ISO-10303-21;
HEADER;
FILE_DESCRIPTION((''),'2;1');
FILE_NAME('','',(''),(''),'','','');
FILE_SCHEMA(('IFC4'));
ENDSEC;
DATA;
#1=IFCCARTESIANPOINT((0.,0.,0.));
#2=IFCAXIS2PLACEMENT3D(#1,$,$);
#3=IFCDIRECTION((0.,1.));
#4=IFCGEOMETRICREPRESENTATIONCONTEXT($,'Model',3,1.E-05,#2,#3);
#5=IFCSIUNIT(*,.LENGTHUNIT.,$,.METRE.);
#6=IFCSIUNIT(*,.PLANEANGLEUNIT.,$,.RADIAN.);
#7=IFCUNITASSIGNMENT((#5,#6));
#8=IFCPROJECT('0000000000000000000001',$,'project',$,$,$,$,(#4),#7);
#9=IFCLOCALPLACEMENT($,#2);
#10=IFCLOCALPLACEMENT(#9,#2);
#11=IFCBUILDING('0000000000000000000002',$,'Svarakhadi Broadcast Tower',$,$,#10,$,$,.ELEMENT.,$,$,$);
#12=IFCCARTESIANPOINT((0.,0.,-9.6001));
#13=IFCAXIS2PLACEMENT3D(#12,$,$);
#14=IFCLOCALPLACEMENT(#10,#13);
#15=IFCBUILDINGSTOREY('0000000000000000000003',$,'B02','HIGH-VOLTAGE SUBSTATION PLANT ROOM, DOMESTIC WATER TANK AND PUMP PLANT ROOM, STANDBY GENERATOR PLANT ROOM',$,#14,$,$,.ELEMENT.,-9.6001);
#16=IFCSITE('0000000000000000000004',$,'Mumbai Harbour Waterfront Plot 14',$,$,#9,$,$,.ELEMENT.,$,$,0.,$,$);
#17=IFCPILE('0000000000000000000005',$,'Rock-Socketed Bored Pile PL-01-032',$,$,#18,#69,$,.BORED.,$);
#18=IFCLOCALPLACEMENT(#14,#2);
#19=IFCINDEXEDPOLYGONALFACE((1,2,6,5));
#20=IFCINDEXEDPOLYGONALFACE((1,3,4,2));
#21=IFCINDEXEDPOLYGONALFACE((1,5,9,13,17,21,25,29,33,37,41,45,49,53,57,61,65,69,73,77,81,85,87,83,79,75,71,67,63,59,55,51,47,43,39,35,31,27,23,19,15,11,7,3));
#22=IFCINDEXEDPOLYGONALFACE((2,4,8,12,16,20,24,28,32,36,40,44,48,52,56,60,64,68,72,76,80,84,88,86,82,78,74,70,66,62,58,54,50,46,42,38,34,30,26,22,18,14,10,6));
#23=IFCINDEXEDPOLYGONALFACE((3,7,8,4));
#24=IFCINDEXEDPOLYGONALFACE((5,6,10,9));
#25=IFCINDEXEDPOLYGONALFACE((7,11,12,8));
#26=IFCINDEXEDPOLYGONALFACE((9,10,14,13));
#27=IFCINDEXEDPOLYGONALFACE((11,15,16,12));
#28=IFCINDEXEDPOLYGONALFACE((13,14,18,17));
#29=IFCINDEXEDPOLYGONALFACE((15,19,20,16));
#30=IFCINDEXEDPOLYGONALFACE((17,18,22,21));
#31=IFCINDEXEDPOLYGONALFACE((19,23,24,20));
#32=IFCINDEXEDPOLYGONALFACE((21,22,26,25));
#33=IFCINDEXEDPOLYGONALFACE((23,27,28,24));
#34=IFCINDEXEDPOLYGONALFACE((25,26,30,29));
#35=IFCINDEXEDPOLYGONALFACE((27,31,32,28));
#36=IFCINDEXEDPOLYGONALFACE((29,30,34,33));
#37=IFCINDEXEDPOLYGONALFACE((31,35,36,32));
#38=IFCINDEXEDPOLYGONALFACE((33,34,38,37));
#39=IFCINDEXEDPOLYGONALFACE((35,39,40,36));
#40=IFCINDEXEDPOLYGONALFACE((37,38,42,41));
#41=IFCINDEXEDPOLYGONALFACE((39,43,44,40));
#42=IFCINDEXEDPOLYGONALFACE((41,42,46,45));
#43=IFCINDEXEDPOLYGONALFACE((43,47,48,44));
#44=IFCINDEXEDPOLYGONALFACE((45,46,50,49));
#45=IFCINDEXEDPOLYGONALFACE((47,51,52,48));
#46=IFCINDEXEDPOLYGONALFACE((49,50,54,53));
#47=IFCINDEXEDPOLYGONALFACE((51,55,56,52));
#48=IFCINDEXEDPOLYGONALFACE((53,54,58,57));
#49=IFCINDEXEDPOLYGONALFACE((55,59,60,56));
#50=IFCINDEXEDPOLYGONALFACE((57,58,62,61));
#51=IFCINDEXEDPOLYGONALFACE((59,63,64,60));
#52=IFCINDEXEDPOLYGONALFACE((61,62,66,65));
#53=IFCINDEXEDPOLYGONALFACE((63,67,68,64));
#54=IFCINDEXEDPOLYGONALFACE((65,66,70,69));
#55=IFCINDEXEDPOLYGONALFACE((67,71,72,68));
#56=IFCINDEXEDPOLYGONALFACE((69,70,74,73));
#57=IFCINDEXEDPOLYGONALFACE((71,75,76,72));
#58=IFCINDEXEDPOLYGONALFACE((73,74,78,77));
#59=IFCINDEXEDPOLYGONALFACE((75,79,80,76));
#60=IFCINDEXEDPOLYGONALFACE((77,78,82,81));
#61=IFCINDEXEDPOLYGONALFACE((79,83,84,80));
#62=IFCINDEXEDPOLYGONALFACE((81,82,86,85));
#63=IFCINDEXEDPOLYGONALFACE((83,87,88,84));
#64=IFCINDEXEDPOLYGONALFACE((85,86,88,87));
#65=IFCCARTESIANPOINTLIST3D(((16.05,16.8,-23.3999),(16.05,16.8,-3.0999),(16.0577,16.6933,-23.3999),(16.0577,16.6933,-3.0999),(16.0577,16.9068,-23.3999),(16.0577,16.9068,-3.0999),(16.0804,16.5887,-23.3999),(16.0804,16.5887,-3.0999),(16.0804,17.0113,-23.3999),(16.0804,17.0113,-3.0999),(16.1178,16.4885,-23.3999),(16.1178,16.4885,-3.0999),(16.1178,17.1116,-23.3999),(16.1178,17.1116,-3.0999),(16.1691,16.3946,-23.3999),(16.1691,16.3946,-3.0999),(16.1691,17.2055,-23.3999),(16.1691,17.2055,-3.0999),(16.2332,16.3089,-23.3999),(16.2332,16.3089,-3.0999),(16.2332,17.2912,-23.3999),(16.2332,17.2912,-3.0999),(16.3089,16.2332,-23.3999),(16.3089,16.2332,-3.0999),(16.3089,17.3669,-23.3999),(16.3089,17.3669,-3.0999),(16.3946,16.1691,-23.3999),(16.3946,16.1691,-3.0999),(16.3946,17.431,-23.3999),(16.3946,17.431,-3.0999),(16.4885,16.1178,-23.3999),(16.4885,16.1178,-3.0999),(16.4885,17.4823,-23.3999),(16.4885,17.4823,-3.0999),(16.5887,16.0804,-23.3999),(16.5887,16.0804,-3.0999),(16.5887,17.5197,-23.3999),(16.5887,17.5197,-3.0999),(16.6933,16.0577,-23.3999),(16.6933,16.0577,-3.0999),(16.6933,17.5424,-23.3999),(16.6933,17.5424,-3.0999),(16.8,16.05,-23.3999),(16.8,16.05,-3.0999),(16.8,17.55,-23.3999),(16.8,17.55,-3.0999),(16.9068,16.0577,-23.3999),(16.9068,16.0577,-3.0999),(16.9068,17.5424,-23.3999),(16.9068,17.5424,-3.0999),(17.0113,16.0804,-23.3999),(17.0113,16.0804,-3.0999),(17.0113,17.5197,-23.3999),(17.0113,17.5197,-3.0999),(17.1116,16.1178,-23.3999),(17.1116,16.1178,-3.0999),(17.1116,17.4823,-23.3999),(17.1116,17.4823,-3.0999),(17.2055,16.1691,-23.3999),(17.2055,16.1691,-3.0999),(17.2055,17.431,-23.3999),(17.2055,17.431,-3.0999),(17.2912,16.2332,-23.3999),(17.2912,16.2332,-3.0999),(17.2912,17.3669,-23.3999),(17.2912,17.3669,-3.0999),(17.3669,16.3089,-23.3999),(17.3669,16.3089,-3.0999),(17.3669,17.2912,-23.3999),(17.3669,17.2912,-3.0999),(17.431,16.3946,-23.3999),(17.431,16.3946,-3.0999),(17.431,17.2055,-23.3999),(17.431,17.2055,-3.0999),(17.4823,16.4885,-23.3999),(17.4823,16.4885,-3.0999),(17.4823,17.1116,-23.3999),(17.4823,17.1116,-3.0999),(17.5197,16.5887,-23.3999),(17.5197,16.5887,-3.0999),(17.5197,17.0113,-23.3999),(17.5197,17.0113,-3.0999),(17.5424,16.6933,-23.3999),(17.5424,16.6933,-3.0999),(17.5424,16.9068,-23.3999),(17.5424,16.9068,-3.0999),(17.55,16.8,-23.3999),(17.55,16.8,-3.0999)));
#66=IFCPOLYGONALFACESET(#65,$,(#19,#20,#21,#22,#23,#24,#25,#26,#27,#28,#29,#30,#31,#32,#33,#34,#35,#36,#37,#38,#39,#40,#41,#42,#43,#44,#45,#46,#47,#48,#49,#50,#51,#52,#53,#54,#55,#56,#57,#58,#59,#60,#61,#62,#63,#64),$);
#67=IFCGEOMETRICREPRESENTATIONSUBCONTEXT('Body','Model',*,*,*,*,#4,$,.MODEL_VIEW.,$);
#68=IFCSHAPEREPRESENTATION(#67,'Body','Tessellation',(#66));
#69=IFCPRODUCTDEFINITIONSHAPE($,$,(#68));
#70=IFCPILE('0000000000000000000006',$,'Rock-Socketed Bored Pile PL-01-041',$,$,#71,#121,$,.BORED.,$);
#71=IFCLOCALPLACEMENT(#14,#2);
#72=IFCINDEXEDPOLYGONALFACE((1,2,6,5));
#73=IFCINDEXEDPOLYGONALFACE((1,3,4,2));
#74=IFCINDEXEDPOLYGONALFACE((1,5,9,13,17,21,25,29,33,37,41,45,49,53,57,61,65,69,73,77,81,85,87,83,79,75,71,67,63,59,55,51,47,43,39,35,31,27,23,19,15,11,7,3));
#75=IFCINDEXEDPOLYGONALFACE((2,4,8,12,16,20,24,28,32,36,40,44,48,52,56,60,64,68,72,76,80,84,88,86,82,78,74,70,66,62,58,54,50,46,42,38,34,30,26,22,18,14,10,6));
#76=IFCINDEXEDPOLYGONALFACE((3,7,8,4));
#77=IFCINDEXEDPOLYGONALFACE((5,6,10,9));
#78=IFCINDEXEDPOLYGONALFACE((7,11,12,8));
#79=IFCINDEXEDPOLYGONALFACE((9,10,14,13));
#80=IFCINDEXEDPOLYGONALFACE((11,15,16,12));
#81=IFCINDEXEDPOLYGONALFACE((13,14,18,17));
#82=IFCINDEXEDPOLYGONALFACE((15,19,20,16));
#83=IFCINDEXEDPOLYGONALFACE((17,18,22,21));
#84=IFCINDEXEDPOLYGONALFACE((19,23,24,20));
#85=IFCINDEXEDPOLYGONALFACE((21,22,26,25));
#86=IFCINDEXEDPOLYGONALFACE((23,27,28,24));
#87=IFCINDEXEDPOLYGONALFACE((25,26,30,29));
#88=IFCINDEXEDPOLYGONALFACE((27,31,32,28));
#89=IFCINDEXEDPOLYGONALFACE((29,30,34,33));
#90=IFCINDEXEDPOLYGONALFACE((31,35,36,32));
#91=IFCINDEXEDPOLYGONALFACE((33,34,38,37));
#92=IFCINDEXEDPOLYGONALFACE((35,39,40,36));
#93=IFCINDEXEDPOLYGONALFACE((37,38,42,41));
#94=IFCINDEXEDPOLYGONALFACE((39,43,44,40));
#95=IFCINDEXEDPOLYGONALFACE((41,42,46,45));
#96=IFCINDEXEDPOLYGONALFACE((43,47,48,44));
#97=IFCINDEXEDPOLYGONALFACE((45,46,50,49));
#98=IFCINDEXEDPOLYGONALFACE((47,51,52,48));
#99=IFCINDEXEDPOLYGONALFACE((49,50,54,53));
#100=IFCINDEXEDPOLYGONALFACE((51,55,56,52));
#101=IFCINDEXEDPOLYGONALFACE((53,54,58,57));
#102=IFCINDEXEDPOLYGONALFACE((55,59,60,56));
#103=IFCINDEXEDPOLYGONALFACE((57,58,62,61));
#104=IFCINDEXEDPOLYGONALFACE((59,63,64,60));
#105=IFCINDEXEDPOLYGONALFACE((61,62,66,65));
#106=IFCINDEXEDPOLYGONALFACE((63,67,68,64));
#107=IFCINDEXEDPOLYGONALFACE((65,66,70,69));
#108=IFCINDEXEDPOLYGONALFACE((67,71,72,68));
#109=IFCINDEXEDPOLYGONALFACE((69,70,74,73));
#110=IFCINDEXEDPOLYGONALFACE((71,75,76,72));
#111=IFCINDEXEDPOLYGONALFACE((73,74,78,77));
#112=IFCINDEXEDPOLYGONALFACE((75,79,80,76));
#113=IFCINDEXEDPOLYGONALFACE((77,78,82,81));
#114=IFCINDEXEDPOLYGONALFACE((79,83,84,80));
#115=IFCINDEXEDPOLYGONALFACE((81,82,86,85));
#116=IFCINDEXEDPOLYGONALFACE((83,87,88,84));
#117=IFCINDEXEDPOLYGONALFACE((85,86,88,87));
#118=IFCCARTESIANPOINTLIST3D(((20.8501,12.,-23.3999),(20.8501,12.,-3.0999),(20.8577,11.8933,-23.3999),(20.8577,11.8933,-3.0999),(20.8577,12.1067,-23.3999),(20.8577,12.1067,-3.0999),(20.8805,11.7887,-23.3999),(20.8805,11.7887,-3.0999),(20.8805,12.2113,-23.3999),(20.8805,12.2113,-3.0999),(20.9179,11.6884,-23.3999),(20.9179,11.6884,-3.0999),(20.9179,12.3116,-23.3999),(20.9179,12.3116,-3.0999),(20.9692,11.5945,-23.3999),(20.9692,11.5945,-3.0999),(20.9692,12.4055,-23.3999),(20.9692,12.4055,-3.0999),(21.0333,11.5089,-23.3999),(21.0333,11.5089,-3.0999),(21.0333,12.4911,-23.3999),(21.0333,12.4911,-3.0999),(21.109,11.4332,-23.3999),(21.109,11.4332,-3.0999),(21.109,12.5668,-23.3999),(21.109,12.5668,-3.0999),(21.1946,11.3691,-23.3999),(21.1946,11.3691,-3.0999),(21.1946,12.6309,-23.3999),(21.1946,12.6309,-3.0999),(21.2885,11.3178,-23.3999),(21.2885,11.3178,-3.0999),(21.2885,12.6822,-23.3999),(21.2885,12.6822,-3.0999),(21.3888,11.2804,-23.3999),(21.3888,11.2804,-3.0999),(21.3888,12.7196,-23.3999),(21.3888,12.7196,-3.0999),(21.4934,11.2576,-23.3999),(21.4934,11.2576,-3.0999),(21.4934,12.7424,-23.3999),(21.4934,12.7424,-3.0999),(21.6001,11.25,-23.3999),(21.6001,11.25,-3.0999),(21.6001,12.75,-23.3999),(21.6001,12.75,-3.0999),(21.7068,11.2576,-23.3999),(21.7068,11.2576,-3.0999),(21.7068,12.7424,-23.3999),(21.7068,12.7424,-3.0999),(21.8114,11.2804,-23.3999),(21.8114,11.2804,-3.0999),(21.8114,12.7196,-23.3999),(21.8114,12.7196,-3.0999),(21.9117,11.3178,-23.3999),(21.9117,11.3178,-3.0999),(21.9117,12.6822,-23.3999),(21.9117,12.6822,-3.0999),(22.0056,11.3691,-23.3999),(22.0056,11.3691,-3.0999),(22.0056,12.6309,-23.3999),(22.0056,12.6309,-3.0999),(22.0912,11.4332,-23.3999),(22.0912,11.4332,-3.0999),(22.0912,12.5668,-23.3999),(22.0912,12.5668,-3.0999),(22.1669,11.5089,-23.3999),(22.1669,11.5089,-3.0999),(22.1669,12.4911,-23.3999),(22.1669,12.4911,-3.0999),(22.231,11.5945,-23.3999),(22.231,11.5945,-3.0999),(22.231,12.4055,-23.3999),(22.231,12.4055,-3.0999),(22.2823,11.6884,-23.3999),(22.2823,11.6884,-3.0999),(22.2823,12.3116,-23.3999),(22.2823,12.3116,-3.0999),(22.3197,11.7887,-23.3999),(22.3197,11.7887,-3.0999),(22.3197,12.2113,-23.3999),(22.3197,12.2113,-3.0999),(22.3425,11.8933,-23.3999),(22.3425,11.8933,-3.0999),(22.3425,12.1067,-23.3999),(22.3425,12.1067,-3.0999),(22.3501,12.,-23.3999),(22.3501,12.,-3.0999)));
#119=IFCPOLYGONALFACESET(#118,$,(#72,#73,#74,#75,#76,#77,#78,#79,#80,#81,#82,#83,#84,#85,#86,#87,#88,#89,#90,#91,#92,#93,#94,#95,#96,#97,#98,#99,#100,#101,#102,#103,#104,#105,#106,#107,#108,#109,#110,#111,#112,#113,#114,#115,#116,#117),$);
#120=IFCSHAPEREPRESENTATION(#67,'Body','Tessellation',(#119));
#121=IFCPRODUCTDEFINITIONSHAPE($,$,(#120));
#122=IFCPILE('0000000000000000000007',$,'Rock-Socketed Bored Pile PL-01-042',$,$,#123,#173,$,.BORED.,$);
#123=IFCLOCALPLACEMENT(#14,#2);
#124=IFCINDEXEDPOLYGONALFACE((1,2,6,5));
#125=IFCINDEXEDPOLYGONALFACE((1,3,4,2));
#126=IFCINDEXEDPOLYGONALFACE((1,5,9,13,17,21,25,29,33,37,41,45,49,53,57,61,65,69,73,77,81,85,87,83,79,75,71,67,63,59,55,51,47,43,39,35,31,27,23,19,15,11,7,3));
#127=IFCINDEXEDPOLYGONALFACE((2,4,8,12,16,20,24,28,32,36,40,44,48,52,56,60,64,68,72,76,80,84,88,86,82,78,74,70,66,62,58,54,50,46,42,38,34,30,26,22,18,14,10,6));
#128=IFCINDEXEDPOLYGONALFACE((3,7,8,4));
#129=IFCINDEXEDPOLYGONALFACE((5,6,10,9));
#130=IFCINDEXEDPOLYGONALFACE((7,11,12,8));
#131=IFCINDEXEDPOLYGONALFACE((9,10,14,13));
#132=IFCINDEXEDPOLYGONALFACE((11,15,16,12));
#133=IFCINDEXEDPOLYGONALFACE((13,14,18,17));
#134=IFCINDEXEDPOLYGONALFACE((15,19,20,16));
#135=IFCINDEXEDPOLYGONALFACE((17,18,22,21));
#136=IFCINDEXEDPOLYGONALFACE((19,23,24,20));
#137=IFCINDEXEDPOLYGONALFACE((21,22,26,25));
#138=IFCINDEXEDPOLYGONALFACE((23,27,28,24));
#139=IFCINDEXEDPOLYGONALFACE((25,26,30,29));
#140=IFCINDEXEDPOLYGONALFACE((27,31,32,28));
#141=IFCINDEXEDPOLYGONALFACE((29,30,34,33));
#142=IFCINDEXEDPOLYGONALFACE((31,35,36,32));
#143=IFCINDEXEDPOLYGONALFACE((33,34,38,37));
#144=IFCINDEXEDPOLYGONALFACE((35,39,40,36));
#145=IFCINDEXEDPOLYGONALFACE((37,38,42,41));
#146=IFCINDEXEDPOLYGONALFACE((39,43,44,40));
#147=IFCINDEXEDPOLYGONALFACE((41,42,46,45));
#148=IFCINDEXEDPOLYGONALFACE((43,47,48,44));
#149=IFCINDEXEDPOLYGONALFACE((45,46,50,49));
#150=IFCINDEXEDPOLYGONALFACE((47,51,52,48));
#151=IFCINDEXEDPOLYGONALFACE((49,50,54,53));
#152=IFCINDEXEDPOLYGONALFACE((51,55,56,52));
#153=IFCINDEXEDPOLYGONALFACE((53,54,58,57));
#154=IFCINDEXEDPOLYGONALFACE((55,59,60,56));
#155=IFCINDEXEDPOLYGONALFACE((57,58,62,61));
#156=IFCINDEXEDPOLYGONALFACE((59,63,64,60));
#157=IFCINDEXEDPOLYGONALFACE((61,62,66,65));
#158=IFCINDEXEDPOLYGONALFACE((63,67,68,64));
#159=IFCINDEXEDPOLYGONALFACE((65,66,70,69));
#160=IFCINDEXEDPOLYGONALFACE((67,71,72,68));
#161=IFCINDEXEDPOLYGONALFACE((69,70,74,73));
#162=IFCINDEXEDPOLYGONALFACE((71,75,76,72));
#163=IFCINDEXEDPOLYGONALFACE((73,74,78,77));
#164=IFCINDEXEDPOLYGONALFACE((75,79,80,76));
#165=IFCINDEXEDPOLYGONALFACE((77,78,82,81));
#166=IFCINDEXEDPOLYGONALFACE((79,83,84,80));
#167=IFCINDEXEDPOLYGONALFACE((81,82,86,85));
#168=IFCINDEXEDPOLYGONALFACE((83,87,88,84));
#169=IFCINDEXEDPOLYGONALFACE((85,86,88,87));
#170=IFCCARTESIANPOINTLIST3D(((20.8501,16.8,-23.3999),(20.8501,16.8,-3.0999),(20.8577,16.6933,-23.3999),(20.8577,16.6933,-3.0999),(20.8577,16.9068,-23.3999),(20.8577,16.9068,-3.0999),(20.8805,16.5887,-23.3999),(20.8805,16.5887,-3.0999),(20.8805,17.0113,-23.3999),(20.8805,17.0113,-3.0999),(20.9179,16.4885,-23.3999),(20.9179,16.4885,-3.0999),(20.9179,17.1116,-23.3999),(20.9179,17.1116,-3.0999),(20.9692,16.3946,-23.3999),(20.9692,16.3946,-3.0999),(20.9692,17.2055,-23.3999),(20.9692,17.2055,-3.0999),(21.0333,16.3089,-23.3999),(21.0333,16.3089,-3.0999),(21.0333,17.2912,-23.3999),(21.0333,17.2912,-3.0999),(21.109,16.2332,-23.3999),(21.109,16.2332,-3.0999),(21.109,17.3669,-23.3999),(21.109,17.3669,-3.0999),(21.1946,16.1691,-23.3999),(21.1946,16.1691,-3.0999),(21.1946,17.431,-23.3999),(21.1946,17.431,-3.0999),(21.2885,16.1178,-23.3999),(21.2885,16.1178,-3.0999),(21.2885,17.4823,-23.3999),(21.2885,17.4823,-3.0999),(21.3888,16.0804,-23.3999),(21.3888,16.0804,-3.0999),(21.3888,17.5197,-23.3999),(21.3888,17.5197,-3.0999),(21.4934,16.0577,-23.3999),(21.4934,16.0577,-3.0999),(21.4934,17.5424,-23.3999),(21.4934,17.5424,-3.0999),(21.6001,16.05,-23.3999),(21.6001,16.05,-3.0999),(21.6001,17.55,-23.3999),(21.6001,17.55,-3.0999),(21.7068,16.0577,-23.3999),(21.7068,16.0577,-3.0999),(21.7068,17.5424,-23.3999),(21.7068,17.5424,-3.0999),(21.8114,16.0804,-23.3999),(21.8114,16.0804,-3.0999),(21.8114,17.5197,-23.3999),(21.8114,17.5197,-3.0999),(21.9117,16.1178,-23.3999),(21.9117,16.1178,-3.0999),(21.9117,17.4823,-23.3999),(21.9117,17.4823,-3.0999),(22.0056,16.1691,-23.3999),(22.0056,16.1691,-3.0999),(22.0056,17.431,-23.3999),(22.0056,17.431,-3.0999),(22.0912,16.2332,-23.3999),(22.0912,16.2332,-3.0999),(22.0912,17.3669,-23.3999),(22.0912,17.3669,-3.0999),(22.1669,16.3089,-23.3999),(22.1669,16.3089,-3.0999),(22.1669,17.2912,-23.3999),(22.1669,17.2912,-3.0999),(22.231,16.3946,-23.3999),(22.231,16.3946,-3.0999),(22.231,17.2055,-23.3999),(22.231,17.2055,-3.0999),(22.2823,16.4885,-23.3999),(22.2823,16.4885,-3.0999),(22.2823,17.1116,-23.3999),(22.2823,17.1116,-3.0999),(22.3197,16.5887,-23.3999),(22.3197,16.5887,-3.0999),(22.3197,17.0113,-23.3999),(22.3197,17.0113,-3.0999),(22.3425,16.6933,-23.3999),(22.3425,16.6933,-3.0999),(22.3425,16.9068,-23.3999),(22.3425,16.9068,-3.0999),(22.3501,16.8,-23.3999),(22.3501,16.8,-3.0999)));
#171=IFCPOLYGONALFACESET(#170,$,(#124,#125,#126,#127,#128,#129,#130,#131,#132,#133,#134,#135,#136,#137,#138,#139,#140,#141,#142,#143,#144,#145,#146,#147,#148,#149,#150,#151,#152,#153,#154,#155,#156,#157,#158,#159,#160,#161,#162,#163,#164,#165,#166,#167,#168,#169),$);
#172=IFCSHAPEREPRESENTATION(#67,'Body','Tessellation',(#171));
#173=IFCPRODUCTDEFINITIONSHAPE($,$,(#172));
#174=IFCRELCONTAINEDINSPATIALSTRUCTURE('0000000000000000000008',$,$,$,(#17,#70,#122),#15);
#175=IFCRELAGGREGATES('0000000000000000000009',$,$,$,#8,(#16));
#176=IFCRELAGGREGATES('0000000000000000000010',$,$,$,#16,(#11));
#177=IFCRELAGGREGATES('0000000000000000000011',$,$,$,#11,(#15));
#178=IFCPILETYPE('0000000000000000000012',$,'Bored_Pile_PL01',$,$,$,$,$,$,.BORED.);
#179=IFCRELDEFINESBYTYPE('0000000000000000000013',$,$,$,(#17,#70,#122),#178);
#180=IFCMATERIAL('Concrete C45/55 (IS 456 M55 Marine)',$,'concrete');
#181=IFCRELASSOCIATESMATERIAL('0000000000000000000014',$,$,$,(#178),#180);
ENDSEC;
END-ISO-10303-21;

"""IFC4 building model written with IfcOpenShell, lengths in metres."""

from ifc_helpers import new_model, si_unit, direction, frame, origin, origin_2d, place, context, subcontext, project, spatial, circle, extrude, material, material_profile, profile_set, type_object, element, save


model = new_model("IFC4")

# Units and contexts
model_context = context("Model", 3, precision=1e-05, world=origin(), true_north=direction((0.0, 1.0)))
body_context = subcontext(model_context, "Body", "Model", "MODEL_VIEW")
ifc_project = project(units=[si_unit("LENGTHUNIT", "METRE"), si_unit("PLANEANGLEUNIT", "RADIAN")], contexts=[model_context])

# Site, building, storey
site_placement = place(None, origin())
site = spatial("IfcSite", under=ifc_project, at=site_placement, Name="Mumbai Harbour Waterfront Plot 14", CompositionType="ELEMENT", RefElevation=0.0)
building_placement = place(site_placement, origin())
building = spatial("IfcBuilding", under=site, at=building_placement, Name="Svarakhadi Broadcast Tower", CompositionType="ELEMENT")
storey_placement = place(building_placement, frame((0.0, 0.0, -9.6001)))
storey = spatial("IfcBuildingStorey", under=building, at=storey_placement, Name="B02", Description="HIGH-VOLTAGE SUBSTATION PLANT ROOM, DOMESTIC WATER TANK AND PUMP PLANT ROOM, STANDBY GENERATOR PLANT ROOM", CompositionType="ELEMENT", Elevation=-9.6001)

# Piles
ifc_material_1 = material(Name="Concrete C45/55 (IS 456 M55 Marine)", Category="concrete")
ifc_material_profile_1 = material_profile(ifc_material_1, circle(Radius=0.75, at=origin_2d()), Name="PILE D1500")
ifc_profile_set_1 = profile_set([ifc_material_profile_1], Name="Concrete C45/55 (IS 456 M55 Marine)")
pile_type = type_object("IfcPileType", Name="Bored_Pile_PL01", PredefinedType="BORED", material=ifc_profile_set_1)
for number, where, z_axis, x_axis, name in (
    (1, (16.8, 16.8, -3.0999), (0.0, 0.0, -1.0), (1.0, 0.0, 0.0), "Rock-Socketed Bored Pile PL-01-032"),
    (2, (21.6001, 12.0, -3.0999), (0.0, 0.0, -1.0), (1.0, 0.0, 0.0), "Rock-Socketed Bored Pile PL-01-041"),
    (3, (21.6001, 16.8, -3.0999), (0.0, 0.0, -1.0), (1.0, 0.0, 0.0), "Rock-Socketed Bored Pile PL-01-042"),
):
    element("IfcPile", number, at=place(storey_placement, frame(where, z_axis=z_axis, x_axis=x_axis)), inside=storey, type_object=pile_type, Name=name, PredefinedType="BORED", context=body_context, shape_type="SweptSolid", body=[
        extrude(circle(Radius=0.75, at=origin_2d()), origin(), (0.0, 0.0, 1.0), 20.3),
    ])

save(model, "model.ifc")
